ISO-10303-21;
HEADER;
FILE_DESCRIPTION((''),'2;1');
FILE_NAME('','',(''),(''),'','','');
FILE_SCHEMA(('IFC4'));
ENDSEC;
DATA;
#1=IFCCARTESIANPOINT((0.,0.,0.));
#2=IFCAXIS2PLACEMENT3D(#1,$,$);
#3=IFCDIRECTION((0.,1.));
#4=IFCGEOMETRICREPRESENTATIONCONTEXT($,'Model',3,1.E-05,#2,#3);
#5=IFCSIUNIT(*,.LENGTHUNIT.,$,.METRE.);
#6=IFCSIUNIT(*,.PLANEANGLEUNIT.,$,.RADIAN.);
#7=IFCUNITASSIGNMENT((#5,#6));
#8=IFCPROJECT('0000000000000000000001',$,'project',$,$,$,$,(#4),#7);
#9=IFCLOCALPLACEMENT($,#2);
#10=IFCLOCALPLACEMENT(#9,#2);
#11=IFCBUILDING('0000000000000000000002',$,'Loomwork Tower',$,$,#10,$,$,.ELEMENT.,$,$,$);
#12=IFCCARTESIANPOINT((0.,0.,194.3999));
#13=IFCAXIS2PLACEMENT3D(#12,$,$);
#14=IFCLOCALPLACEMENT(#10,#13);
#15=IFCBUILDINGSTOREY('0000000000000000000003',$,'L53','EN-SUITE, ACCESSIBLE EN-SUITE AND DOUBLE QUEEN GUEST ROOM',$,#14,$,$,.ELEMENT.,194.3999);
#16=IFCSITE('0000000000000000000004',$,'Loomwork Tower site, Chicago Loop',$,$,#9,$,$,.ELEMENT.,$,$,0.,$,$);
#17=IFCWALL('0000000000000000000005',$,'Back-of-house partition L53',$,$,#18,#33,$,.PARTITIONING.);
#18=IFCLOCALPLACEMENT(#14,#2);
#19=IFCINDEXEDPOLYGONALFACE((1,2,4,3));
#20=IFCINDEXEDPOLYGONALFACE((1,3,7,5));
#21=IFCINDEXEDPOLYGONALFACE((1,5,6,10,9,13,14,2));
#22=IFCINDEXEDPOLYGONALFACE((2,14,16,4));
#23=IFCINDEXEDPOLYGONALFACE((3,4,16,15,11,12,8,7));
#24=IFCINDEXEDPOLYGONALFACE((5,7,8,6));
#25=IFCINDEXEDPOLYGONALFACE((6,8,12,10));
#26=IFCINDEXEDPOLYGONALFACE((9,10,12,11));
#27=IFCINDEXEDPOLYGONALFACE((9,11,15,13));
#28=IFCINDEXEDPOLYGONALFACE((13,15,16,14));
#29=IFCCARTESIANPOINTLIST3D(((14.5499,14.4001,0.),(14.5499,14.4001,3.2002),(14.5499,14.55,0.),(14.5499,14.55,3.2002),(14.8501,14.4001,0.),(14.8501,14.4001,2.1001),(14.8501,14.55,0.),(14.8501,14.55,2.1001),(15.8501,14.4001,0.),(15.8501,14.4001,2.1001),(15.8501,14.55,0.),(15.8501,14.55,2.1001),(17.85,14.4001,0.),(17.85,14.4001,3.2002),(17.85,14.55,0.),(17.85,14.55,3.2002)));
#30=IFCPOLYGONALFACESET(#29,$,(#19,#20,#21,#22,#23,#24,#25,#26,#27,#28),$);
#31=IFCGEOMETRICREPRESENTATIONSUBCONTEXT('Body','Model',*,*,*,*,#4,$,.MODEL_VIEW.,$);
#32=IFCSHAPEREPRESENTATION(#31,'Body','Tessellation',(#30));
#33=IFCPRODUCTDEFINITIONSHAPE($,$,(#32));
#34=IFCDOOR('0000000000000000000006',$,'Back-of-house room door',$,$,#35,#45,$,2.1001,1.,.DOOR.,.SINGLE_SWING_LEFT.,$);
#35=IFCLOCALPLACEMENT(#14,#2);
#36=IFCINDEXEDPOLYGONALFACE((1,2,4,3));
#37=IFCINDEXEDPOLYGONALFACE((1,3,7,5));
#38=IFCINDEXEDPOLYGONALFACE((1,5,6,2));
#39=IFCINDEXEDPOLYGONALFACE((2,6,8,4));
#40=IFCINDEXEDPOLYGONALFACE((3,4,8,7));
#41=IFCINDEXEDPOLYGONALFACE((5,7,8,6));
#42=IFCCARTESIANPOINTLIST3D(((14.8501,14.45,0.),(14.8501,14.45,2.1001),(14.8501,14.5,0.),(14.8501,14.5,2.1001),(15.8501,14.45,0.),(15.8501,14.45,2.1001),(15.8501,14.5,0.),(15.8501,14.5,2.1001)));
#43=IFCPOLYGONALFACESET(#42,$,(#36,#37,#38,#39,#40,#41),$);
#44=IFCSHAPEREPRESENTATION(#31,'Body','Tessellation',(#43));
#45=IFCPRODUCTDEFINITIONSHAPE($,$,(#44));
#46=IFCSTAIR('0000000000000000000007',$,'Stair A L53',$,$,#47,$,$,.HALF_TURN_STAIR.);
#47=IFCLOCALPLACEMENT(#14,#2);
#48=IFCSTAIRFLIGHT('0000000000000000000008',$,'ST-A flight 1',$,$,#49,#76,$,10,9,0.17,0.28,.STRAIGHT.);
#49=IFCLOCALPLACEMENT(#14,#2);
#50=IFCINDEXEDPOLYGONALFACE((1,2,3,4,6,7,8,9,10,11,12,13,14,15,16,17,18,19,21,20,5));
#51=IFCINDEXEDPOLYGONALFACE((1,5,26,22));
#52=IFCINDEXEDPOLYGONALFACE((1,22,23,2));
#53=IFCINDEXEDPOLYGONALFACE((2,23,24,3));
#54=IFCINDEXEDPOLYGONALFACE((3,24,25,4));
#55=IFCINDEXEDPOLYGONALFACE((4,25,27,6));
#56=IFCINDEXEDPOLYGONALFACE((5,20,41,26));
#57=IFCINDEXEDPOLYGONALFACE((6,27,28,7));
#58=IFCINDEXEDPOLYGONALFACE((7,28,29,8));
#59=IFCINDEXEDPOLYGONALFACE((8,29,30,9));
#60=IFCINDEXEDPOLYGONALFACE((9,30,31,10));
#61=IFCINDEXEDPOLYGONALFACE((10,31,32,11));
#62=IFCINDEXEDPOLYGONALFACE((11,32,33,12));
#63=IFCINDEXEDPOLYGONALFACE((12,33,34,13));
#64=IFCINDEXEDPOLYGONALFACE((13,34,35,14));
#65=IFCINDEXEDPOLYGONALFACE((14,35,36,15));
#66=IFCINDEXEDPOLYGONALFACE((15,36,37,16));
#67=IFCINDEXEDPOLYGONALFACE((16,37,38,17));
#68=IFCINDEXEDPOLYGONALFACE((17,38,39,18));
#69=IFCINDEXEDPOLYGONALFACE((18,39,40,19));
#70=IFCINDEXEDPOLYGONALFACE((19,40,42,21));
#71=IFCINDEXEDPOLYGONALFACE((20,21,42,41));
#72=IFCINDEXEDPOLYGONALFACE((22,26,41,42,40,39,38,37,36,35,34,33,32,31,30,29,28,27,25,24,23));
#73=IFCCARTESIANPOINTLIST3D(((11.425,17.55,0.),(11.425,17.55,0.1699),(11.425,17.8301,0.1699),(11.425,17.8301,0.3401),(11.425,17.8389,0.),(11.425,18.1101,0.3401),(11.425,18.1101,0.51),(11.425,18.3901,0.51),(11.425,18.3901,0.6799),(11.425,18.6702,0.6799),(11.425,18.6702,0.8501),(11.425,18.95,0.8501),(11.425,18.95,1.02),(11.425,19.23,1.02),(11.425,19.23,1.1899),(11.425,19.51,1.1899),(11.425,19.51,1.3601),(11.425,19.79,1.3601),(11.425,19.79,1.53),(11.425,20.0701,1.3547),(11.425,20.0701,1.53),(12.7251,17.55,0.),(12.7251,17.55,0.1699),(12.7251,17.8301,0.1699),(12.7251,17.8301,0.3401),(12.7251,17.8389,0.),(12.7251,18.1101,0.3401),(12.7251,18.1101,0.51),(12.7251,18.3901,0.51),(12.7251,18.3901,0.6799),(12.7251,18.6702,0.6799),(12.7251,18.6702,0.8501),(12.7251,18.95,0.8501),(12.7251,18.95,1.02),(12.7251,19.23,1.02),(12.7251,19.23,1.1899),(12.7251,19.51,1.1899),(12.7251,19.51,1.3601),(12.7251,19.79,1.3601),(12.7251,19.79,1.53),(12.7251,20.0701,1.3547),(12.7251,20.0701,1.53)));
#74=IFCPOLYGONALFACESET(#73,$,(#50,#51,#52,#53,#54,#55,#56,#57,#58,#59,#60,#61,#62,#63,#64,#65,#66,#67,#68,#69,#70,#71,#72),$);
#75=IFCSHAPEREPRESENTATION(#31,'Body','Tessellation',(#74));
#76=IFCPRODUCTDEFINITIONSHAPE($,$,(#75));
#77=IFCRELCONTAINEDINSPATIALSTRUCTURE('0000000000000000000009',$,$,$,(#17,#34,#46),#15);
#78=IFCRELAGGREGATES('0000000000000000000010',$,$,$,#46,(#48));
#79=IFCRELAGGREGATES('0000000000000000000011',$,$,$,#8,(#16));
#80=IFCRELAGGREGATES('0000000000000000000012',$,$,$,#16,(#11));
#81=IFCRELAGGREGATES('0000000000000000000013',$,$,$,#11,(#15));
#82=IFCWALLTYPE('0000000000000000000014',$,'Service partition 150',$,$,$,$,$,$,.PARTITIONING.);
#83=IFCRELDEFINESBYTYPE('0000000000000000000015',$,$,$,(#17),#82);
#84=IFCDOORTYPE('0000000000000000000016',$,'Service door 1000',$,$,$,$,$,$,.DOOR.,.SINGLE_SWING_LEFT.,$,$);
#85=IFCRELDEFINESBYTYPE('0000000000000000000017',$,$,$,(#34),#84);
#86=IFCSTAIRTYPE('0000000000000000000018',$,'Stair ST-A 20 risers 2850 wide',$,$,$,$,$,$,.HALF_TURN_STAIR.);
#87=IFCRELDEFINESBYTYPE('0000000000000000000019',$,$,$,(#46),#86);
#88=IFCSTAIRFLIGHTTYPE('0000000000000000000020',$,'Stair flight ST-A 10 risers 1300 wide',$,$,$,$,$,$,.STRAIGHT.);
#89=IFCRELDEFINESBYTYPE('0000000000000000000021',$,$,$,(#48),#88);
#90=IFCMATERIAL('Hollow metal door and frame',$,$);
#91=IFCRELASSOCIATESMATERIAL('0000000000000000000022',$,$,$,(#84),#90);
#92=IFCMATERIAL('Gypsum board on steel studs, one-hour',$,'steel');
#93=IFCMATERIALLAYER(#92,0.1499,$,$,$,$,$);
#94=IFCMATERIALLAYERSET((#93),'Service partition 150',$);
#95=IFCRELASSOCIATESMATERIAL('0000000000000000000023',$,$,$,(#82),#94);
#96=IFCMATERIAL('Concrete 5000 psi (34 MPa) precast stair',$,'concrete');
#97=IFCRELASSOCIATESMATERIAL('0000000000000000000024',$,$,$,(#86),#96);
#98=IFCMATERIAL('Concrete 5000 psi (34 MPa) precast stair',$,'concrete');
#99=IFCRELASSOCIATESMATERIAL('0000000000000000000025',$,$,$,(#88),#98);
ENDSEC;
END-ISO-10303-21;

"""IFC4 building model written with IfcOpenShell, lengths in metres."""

from ifc_helpers import new_model, si_unit, direction, frame, frame_2d, origin, place, context, subcontext, project, spatial, polyline, rectangle, outline, extrude, material, layer, layer_set, type_object, element, fill, aggregate, save


model = new_model("IFC4")

# Units and contexts
model_context = context("Model", 3, precision=1e-05, world=origin(), true_north=direction((0.0, 1.0)))
body_context = subcontext(model_context, "Body", "Model", "MODEL_VIEW")
ifc_project = project(units=[si_unit("LENGTHUNIT", "METRE"), si_unit("PLANEANGLEUNIT", "RADIAN")], contexts=[model_context])

# Site, building, storey
site_placement = place(None, origin())
site = spatial("IfcSite", under=ifc_project, at=site_placement, Name="Loomwork Tower site, Chicago Loop", CompositionType="ELEMENT", RefElevation=0.0)
building_placement = place(site_placement, origin())
building = spatial("IfcBuilding", under=site, at=building_placement, Name="Loomwork Tower", CompositionType="ELEMENT")
storey_placement = place(building_placement, frame((0.0, 0.0, 194.3999)))
storey = spatial("IfcBuildingStorey", under=building, at=storey_placement, Name="L53", Description="EN-SUITE, ACCESSIBLE EN-SUITE AND DOUBLE QUEEN GUEST ROOM", CompositionType="ELEMENT", Elevation=194.3999)

# Shared definitions
ifc_material_1 = material(Name="Hollow metal door and frame")
door_type_1 = type_object("IfcDoorType", Name="Service door 1000", OperationType="SINGLE_SWING_LEFT", PredefinedType="DOOR", material=ifc_material_1)

# Wall, opening, door
ifc_material_2 = material(Name="Gypsum board on steel studs, one-hour", Category="steel")
ifc_layer_1 = layer(ifc_material_2, 0.1499)
ifc_layer_set_1 = layer_set([ifc_layer_1], Name="Service partition 150")
wall_type_1 = type_object("IfcWallType", Name="Service partition 150", PredefinedType="PARTITIONING", material=ifc_layer_set_1)
wall_1_placement = place(storey_placement, frame((14.55, 14.4751, 0.0), z_axis=(0.0, 0.0, 1.0), x_axis=(1.0, 0.0, 0.0)))
wall_1 = element("IfcWall", 1, at=wall_1_placement, inside=storey, type_object=wall_type_1, Name="Back-of-house partition L53", PredefinedType="PARTITIONING", context=body_context, shape_type="SweptSolid", body=[
    extrude(rectangle(XDim=3.3, YDim=0.1499, at=frame_2d((1.6499, 0.0))), origin(), (0.0, 0.0, 1.0), 3.2002),
])
opening_1_placement = place(wall_1_placement, frame((0.3, 0.0, 0.0)))
opening_1 = element("IfcOpeningElement", 2, at=opening_1_placement, cuts=wall_1, PredefinedType="OPENING", context=body_context, shape_type="SweptSolid", body=[
    extrude(rectangle(XDim=1.0, YDim=2.1001, at=frame_2d((0.5, 1.05))), frame((0.0, 0.085, 0.0), z_axis=(0.0, -1.0, 0.0), x_axis=(1.0, 0.0, 0.0)), (0.0, 0.0, 1.0), 0.1699),
])
door_1_placement = place(opening_1_placement, origin())
door_1 = element("IfcDoor", 3, at=door_1_placement, inside=storey, type_object=door_type_1, Name="Back-of-house room door", OperationType="SINGLE_SWING_LEFT", OverallHeight=2.1001, OverallWidth=1.0, PredefinedType="DOOR", context=body_context, shape_type="SweptSolid", body=[
    extrude(rectangle(XDim=1.0, YDim=2.1001, at=frame_2d((0.5, 1.05))), frame((0.0, 0.0249, 0.0), z_axis=(0.0, -1.0, 0.0), x_axis=(1.0, 0.0, 0.0)), (0.0, 0.0, 1.0), 0.05),
])
fill(opening_1, door_1)

# Stair, stair flight
ifc_material_3 = material(Name="Concrete 5000 psi (34 MPa) precast stair", Category="concrete")
stair_type = type_object("IfcStairType", Name="Stair ST-A 20 risers 2850 wide", PredefinedType="HALF_TURN_STAIR", material=ifc_material_3)
stair_placement = place(storey_placement, origin())
stair = element("IfcStair", 4, at=stair_placement, inside=storey, type_object=stair_type, Name="Stair A L53", PredefinedType="HALF_TURN_STAIR")
ifc_material_4 = material(Name="Concrete 5000 psi (34 MPa) precast stair", Category="concrete")
stair_flight_type = type_object("IfcStairFlightType", Name="Stair flight ST-A 10 risers 1300 wide", PredefinedType="STRAIGHT", material=ifc_material_4)
stair_flight_placement = place(storey_placement, frame((12.075, 17.55, 0.0), z_axis=(0.0, 0.0, 1.0), x_axis=(0.0, 1.0, 0.0)))
stair_flight = element("IfcStairFlight", 5, at=stair_flight_placement, type_object=stair_flight_type, Name="ST-A flight 1", NumberOfRisers=10, NumberOfTreads=9, PredefinedType="STRAIGHT", RiserHeight=0.17, TreadLength=0.28, context=body_context, shape_type="SweptSolid", body=[
    extrude(outline(polyline([(0.0, 0.0), (0.0, 0.1699), (0.28, 0.1699), (0.28, 0.3401), (0.5601, 0.3401), (0.5601, 0.51), (0.8401, 0.51), (0.8401, 0.6799), (1.1201, 0.6799), (1.1201, 0.8501), (1.3999, 0.8501), (1.3999, 1.02), (1.6799, 1.02), (1.6799, 1.1899), (1.96, 1.1899), (1.96, 1.3601), (2.24, 1.3601), (2.24, 1.53), (2.52, 1.53), (2.52, 1.7), (2.52, 1.3547), (0.2888, 0.0), (0.0, 0.0)])), frame((0.0, 0.6499, 0.0), z_axis=(0.0, -1.0, 0.0), x_axis=(1.0, 0.0, 0.0)), (0.0, 0.0, 1.0), 1.3),
])
aggregate(stair, [stair_flight])

save(model, "model.ifc")
